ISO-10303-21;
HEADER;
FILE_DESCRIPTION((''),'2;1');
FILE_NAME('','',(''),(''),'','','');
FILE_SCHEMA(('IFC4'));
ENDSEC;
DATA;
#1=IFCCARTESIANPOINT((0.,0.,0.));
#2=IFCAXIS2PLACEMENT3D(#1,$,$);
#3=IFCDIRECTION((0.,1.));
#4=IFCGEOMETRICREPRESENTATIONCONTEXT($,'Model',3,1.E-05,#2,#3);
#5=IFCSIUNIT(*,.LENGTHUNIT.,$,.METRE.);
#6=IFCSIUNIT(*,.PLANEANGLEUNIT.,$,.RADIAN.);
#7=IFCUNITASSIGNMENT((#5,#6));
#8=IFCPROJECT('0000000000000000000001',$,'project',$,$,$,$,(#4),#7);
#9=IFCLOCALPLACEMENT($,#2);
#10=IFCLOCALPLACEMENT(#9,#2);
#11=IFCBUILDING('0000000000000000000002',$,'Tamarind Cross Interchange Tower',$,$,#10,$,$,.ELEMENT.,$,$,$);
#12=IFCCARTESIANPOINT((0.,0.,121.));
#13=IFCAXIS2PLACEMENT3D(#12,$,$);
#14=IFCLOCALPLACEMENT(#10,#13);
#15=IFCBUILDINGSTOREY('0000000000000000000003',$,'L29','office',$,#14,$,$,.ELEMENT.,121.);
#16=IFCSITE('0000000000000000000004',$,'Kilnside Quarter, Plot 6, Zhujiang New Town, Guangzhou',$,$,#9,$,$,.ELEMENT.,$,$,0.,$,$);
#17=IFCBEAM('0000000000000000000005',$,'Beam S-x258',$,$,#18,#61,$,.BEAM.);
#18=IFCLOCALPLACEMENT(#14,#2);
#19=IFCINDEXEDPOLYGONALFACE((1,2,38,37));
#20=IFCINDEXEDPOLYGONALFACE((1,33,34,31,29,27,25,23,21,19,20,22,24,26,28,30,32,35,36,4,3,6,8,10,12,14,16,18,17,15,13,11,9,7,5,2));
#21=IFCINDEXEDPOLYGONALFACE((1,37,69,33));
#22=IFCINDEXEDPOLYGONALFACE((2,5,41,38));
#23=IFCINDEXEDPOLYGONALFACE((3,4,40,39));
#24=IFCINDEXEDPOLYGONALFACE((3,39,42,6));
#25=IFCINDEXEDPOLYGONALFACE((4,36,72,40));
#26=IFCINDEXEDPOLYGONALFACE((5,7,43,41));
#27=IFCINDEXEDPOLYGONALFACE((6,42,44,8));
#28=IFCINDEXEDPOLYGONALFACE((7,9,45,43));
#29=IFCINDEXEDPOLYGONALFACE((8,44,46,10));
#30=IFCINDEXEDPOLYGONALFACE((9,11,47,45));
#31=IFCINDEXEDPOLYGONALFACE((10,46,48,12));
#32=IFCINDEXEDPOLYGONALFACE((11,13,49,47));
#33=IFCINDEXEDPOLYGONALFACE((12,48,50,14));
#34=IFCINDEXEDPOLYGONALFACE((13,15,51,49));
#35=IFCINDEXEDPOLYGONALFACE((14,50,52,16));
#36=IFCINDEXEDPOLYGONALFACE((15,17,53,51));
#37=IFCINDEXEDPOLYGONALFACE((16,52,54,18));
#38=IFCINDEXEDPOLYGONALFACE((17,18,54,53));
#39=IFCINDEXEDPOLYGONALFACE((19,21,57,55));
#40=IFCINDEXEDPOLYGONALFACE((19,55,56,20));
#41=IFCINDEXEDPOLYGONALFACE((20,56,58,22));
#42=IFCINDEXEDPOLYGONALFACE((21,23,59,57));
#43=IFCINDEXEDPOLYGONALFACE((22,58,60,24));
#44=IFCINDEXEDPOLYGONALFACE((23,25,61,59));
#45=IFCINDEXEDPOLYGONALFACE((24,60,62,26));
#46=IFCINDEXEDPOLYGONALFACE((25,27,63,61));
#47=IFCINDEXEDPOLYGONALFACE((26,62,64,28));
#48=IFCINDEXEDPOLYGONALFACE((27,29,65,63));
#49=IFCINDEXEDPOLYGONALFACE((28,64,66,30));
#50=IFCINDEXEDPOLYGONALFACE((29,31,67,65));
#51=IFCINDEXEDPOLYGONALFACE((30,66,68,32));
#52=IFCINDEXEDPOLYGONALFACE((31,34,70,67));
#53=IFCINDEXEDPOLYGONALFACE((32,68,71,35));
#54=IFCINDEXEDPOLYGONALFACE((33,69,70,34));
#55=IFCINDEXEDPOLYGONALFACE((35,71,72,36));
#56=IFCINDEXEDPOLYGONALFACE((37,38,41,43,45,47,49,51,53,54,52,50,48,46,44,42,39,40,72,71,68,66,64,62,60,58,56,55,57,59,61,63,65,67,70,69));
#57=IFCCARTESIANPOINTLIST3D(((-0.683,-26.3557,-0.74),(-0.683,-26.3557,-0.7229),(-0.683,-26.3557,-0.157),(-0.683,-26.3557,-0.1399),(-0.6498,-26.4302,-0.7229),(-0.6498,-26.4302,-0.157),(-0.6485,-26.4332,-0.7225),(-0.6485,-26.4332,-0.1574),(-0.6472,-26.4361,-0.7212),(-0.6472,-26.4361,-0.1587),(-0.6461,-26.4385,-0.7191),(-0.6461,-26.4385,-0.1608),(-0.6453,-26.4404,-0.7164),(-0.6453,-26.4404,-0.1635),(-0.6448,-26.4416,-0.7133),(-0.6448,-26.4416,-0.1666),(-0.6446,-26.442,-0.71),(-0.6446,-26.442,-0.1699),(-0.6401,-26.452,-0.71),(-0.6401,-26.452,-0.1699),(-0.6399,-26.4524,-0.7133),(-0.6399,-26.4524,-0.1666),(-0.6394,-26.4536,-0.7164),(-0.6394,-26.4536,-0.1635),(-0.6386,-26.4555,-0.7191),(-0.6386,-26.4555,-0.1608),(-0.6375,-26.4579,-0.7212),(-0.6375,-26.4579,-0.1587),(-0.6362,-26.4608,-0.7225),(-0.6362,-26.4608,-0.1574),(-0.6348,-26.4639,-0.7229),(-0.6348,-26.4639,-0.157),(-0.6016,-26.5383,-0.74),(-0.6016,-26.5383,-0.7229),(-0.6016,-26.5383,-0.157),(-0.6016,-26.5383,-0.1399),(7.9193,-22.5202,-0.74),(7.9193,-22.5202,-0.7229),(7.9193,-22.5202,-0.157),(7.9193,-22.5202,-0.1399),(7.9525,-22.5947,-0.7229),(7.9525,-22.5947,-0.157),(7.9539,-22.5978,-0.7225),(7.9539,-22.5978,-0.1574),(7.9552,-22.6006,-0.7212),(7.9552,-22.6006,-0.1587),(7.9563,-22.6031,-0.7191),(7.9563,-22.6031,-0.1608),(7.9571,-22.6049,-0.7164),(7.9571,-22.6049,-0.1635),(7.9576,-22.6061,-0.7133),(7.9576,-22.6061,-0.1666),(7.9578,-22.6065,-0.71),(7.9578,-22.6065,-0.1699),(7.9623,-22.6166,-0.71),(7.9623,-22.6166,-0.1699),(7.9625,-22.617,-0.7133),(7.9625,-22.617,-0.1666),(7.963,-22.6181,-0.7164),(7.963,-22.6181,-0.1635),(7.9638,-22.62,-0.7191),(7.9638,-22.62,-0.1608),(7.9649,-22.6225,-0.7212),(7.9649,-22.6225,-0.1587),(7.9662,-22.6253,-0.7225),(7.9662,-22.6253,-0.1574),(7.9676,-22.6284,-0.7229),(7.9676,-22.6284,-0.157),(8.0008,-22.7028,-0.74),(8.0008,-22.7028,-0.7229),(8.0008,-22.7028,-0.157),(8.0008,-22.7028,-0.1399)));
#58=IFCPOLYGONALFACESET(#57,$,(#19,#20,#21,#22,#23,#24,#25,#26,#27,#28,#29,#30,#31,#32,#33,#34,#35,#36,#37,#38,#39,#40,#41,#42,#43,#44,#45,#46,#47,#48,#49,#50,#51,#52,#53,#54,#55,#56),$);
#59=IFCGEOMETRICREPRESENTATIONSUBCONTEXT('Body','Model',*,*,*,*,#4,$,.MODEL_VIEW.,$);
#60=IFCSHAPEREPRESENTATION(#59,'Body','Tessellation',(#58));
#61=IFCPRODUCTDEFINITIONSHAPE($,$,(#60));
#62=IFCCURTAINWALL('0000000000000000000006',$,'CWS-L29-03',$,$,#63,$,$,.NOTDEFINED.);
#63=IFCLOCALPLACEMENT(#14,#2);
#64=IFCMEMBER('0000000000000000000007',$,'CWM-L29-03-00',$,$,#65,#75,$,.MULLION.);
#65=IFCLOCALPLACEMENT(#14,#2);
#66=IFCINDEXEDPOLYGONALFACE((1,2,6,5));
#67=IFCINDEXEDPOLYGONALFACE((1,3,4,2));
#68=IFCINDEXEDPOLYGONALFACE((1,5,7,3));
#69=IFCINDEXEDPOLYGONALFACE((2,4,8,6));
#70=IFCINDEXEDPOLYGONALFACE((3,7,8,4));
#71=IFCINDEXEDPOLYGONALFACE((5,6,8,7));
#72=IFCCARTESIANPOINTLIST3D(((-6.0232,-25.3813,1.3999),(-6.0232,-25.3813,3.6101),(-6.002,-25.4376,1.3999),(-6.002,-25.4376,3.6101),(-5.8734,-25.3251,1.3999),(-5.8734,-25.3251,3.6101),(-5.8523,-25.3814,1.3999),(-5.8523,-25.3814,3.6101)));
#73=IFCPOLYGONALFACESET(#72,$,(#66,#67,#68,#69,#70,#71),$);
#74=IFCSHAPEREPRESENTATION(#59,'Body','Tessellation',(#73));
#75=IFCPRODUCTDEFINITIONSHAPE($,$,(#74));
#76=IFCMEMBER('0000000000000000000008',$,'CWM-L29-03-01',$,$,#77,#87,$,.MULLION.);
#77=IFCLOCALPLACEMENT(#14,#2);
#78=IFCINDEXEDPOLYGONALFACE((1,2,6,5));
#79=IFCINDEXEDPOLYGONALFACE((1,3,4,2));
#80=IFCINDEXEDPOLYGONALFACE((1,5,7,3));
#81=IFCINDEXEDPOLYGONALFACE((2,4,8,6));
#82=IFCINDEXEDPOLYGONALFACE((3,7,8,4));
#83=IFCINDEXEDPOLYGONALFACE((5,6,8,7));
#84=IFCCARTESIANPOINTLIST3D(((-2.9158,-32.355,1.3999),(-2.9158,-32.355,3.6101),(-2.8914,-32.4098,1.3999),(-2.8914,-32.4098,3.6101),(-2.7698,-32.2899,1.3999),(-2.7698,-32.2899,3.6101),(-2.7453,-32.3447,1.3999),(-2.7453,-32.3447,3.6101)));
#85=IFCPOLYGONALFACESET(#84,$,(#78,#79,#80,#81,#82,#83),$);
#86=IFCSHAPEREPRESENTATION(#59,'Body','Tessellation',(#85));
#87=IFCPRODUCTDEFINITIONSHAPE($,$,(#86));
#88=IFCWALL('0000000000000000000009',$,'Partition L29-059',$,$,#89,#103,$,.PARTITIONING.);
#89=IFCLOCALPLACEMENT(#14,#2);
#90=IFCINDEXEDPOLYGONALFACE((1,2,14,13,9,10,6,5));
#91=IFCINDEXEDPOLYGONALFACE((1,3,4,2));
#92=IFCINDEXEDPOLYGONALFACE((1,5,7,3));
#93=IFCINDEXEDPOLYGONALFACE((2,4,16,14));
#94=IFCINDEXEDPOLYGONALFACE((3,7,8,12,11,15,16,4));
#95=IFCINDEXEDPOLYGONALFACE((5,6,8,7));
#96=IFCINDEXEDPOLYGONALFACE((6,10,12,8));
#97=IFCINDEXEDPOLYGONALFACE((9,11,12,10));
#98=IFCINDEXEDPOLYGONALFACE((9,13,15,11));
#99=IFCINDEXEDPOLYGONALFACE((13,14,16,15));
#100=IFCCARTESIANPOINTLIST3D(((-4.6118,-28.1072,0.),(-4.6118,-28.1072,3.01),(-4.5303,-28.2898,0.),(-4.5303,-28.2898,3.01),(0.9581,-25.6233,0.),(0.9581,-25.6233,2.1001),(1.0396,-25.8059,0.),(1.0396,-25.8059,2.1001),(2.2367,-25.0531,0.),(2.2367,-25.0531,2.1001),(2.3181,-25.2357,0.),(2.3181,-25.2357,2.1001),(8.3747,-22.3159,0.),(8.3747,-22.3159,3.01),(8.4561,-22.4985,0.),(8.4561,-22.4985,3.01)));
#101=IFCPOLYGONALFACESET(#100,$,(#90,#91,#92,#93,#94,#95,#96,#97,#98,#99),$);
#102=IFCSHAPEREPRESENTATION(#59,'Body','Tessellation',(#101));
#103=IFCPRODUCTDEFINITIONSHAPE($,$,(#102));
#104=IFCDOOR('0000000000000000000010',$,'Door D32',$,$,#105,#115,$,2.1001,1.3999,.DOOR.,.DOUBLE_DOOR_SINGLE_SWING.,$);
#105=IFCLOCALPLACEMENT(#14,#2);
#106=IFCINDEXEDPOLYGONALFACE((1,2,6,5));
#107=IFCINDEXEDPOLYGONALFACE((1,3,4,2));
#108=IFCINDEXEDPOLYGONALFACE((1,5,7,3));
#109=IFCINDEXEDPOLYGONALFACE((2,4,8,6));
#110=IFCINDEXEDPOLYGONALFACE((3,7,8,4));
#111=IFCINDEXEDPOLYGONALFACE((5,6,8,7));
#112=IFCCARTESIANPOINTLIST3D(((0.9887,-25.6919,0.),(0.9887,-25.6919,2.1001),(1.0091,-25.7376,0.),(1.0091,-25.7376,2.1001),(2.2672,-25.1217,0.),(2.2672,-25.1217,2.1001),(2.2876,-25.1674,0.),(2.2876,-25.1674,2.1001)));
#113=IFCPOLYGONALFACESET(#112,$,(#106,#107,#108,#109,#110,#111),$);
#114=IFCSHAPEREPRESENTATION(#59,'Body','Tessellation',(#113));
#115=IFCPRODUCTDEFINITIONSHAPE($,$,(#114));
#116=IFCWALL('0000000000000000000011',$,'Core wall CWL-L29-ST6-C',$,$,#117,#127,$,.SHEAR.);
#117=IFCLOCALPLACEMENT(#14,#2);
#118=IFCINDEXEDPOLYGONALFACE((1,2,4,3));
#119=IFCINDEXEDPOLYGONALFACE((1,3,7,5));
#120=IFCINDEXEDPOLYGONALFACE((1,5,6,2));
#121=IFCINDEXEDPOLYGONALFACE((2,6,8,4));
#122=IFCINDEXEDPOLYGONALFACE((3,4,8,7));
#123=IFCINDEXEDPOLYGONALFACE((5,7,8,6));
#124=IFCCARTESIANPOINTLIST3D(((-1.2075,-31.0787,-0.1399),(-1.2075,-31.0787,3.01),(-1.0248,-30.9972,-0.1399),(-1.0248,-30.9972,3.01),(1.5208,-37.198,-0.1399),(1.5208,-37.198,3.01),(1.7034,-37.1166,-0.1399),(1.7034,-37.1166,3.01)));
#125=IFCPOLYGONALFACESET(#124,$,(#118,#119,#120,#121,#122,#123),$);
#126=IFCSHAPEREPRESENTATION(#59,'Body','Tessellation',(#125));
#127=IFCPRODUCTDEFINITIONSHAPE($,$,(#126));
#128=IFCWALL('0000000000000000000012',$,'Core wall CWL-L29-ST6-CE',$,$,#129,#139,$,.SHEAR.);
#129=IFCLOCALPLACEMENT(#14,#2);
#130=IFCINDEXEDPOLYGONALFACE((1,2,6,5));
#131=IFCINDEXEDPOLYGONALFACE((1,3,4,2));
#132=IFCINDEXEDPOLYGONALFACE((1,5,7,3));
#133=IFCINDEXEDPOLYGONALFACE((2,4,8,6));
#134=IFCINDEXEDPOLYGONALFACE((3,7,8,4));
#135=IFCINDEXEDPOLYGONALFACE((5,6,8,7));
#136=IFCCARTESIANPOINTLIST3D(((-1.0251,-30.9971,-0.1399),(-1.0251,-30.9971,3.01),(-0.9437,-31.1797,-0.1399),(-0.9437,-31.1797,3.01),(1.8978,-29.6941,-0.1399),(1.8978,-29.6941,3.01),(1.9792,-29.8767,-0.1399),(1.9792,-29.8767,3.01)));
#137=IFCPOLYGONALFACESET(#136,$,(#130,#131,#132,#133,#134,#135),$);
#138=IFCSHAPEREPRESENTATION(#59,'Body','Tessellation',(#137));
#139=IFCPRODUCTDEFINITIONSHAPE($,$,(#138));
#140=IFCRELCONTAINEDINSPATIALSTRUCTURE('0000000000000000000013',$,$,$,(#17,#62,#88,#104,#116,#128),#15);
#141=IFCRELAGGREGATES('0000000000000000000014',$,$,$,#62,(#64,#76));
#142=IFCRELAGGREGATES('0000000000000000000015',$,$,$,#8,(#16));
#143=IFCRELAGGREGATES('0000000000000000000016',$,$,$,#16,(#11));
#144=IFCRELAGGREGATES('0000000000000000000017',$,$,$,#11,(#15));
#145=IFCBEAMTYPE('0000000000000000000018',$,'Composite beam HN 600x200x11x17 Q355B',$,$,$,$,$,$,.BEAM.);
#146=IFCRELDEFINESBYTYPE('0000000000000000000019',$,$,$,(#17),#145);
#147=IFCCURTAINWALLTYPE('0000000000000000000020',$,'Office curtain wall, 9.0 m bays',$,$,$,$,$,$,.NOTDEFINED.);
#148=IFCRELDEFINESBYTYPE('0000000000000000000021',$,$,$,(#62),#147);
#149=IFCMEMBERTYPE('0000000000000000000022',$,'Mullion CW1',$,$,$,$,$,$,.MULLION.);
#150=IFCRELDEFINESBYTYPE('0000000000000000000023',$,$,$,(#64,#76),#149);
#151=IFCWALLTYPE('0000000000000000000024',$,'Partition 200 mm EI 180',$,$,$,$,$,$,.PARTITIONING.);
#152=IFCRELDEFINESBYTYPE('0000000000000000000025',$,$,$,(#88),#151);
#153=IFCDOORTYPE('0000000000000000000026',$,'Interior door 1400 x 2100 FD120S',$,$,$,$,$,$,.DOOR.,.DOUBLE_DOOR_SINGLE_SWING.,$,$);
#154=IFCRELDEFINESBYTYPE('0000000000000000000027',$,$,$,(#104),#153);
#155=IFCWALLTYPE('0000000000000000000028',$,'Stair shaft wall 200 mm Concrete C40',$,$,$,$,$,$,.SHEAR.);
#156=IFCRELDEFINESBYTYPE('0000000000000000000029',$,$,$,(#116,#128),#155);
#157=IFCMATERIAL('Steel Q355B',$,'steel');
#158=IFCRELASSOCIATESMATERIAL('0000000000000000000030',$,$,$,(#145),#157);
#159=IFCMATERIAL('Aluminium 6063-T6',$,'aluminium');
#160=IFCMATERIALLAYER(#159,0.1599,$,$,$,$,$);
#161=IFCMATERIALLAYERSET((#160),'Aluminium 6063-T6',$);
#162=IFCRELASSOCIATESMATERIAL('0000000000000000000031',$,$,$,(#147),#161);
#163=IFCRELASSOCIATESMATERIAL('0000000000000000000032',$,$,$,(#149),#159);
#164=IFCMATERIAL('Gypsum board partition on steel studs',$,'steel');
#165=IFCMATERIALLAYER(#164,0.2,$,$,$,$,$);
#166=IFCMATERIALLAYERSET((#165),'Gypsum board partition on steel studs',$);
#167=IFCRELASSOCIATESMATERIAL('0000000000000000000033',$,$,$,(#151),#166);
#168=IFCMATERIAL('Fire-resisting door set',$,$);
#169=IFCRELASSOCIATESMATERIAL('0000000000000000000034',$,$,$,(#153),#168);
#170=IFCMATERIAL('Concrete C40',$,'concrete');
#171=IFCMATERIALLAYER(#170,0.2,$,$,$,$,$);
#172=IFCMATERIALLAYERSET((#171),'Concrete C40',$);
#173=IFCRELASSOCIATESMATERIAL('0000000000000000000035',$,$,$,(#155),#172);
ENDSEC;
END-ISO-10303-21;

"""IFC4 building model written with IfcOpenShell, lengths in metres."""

from ifc_helpers import new_model, si_unit, direction, frame, frame_2d, origin, origin_2d, place, context, subcontext, project, spatial, rectangle, i_section, extrude, material, layer, layer_set, material_profile, profile_set, type_object, element, fill, aggregate, save


model = new_model("IFC4")

# Units and contexts
model_context = context("Model", 3, precision=1e-05, world=origin(), true_north=direction((0.0, 1.0)))
body_context = subcontext(model_context, "Body", "Model", "MODEL_VIEW")
ifc_project = project(units=[si_unit("LENGTHUNIT", "METRE"), si_unit("PLANEANGLEUNIT", "RADIAN")], contexts=[model_context])

# Site, building, storey
site_placement = place(None, origin())
site = spatial("IfcSite", under=ifc_project, at=site_placement, Name="Kilnside Quarter, Plot 6, Zhujiang New Town, Guangzhou", CompositionType="ELEMENT", RefElevation=0.0)
building_placement = place(site_placement, origin())
building = spatial("IfcBuilding", under=site, at=building_placement, Name="Tamarind Cross Interchange Tower", CompositionType="ELEMENT")
storey_placement = place(building_placement, frame((0.0, 0.0, 121.0)))
storey = spatial("IfcBuildingStorey", under=building, at=storey_placement, Name="L29", Description="office", CompositionType="ELEMENT", Elevation=121.0)

# Beam
ifc_material_1 = material(Name="Steel Q355B", Category="steel")
ifc_material_profile_1 = material_profile(ifc_material_1, i_section(OverallWidth=0.2, OverallDepth=0.6001, WebThickness=0.011, FlangeThickness=0.0171, FilletRadius=0.0129, at=origin_2d()), Name="HN 600x200x11x17")
ifc_profile_set_1 = profile_set([ifc_material_profile_1], Name="Steel Q355B")
beam_type_1 = type_object("IfcBeamType", Name="Composite beam HN 600x200x11x17 Q355B", PredefinedType="BEAM", material=ifc_profile_set_1)
beam_1_placement = place(storey_placement, frame((-0.6423, -26.447, -0.4399), z_axis=(0.91333, 0.40722, 0.0), x_axis=(-0.40722, 0.91333, 0.0)))
element("IfcBeam", 1, at=beam_1_placement, inside=storey, type_object=beam_type_1, Name="Beam S-x258", PredefinedType="BEAM", context=body_context, shape_type="SweptSolid", body=[
    extrude(i_section(OverallWidth=0.2, OverallDepth=0.6001, WebThickness=0.011, FlangeThickness=0.0171, FilletRadius=0.0129, at=origin_2d()), origin(), (0.0, 0.0, 1.0), 9.4187),
])

# Curtain wall, members
ifc_material_2 = material(Name="Aluminium 6063-T6", Category="aluminium")
ifc_layer_1 = layer(ifc_material_2, 0.1599)
ifc_layer_set_1 = layer_set([ifc_layer_1], Name="Aluminium 6063-T6")
curtain_wall_type = type_object("IfcCurtainWallType", Name="Office curtain wall, 9.0 m bays", PredefinedType="NOTDEFINED", material=ifc_layer_set_1)
curtain_wall_placement = place(storey_placement, origin())
curtain_wall = element("IfcCurtainWall", 2, at=curtain_wall_placement, inside=storey, type_object=curtain_wall_type, Name="CWS-L29-03", PredefinedType="NOTDEFINED")
ifc_material_profile_2 = material_profile(ifc_material_2, rectangle(XDim=0.0601, YDim=0.1599, at=origin_2d()), Name="Mullion CW1")
ifc_profile_set_2 = profile_set([ifc_material_profile_2], Name="Aluminium 6063-T6")
member_type = type_object("IfcMemberType", Name="Mullion CW1", PredefinedType="MULLION", material=ifc_profile_set_2)
member_1_placement = place(storey_placement, frame((-5.9377, -25.3813, 1.3999), z_axis=(0.0, 0.0, 1.0), x_axis=(0.351534, -0.936175, 0.0)))
member_1 = element("IfcMember", 3, at=member_1_placement, type_object=member_type, Name="CWM-L29-03-00", PredefinedType="MULLION", context=body_context, shape_type="SweptSolid", body=[
    extrude(rectangle(XDim=0.0601, YDim=0.1599, at=origin_2d()), origin(), (0.0, 0.0, 1.0), 2.2102),
])
member_2_placement = place(storey_placement, frame((-2.8306, -32.3499, 1.3999), z_axis=(0.0, 0.0, 1.0), x_axis=(0.407221, -0.91333, 0.0)))
member_2 = element("IfcMember", 4, at=member_2_placement, type_object=member_type, Name="CWM-L29-03-01", PredefinedType="MULLION", context=body_context, shape_type="SweptSolid", body=[
    extrude(rectangle(XDim=0.0601, YDim=0.1599, at=origin_2d()), origin(), (0.0, 0.0, 1.0), 2.2102),
])
aggregate(curtain_wall, [member_1, member_2])

# Wall, opening, door
ifc_material_3 = material(Name="Gypsum board partition on steel studs", Category="steel")
ifc_layer_2 = layer(ifc_material_3, 0.2)
ifc_layer_set_2 = layer_set([ifc_layer_2], Name="Gypsum board partition on steel studs")
wall_type_1 = type_object("IfcWallType", Name="Partition 200 mm EI 180", PredefinedType="PARTITIONING", material=ifc_layer_set_2)
wall_1_placement = place(storey_placement, frame((-4.571, -28.1985, 0.0), z_axis=(0.0, 0.0, 1.0), x_axis=(0.9133, 0.407287, 0.0)))
wall_1 = element("IfcWall", 5, at=wall_1_placement, inside=storey, type_object=wall_type_1, Name="Partition L29-059", PredefinedType="PARTITIONING", context=body_context, shape_type="SweptSolid", body=[
    extrude(rectangle(XDim=14.2192, YDim=0.2, at=frame_2d((7.1096, 0.0))), origin(), (0.0, 0.0, 1.0), 3.01),
])
opening_placement = place(wall_1_placement, frame((6.0986, 0.0, 0.0)))
opening = element("IfcOpeningElement", 6, at=opening_placement, cuts=wall_1, PredefinedType="OPENING", context=body_context, shape_type="SweptSolid", body=[
    extrude(rectangle(XDim=1.3999, YDim=2.1001, at=frame_2d((0.7, 1.05))), frame((0.0, 0.1099, 0.0), z_axis=(0.0, -1.0, 0.0), x_axis=(1.0, 0.0, 0.0)), (0.0, 0.0, 1.0), 0.22),
])
ifc_material_4 = material(Name="Fire-resisting door set")
door_type = type_object("IfcDoorType", Name="Interior door 1400 x 2100 FD120S", OperationType="DOUBLE_DOOR_SINGLE_SWING", PredefinedType="DOOR", material=ifc_material_4)
door_placement = place(opening_placement, origin())
door = element("IfcDoor", 7, at=door_placement, inside=storey, type_object=door_type, Name="Door D32", OperationType="DOUBLE_DOOR_SINGLE_SWING", OverallHeight=2.1001, OverallWidth=1.3999, PredefinedType="DOOR", context=body_context, shape_type="SweptSolid", body=[
    extrude(rectangle(XDim=1.3999, YDim=2.1001, at=frame_2d((0.7, 1.05))), frame((0.0, 0.0249, 0.0), z_axis=(0.0, -1.0, 0.0), x_axis=(1.0, 0.0, 0.0)), (0.0, 0.0, 1.0), 0.05),
])
fill(opening, door)

# Walls
ifc_material_5 = material(Name="Concrete C40", Category="concrete")
ifc_layer_3 = layer(ifc_material_5, 0.2)
ifc_layer_set_3 = layer_set([ifc_layer_3], Name="Concrete C40")
wall_type_2 = type_object("IfcWallType", Name="Stair shaft wall 200 mm Concrete C40", PredefinedType="SHEAR", material=ifc_layer_set_3)
wall_2_placement = place(storey_placement, frame((-1.1162, -31.0378, -0.1399), z_axis=(0.0, 0.0, 1.0), x_axis=(0.407203, -0.913338, 0.0)))
element("IfcWall", 8, at=wall_2_placement, inside=storey, type_object=wall_type_2, Name="Core wall CWL-L29-ST6-C", PredefinedType="SHEAR", context=body_context, shape_type="SweptSolid", body=[
    extrude(rectangle(XDim=6.7, YDim=0.2, at=frame_2d((3.3501, 0.0))), origin(), (0.0, 0.0, 1.0), 3.1499),
])
wall_3_placement = place(storey_placement, frame((-0.9844, -31.0884, -0.1399), z_axis=(0.0, 0.0, 1.0), x_axis=(0.913355, 0.407165, 0.0)))
element("IfcWall", 9, at=wall_3_placement, inside=storey, type_object=wall_type_2, Name="Core wall CWL-L29-ST6-CE", PredefinedType="SHEAR", context=body_context, shape_type="SweptSolid", body=[
    extrude(rectangle(XDim=3.2002, YDim=0.2, at=frame_2d((1.6001, 0.0))), origin(), (0.0, 0.0, 1.0), 3.1499),
])

save(model, "model.ifc")
